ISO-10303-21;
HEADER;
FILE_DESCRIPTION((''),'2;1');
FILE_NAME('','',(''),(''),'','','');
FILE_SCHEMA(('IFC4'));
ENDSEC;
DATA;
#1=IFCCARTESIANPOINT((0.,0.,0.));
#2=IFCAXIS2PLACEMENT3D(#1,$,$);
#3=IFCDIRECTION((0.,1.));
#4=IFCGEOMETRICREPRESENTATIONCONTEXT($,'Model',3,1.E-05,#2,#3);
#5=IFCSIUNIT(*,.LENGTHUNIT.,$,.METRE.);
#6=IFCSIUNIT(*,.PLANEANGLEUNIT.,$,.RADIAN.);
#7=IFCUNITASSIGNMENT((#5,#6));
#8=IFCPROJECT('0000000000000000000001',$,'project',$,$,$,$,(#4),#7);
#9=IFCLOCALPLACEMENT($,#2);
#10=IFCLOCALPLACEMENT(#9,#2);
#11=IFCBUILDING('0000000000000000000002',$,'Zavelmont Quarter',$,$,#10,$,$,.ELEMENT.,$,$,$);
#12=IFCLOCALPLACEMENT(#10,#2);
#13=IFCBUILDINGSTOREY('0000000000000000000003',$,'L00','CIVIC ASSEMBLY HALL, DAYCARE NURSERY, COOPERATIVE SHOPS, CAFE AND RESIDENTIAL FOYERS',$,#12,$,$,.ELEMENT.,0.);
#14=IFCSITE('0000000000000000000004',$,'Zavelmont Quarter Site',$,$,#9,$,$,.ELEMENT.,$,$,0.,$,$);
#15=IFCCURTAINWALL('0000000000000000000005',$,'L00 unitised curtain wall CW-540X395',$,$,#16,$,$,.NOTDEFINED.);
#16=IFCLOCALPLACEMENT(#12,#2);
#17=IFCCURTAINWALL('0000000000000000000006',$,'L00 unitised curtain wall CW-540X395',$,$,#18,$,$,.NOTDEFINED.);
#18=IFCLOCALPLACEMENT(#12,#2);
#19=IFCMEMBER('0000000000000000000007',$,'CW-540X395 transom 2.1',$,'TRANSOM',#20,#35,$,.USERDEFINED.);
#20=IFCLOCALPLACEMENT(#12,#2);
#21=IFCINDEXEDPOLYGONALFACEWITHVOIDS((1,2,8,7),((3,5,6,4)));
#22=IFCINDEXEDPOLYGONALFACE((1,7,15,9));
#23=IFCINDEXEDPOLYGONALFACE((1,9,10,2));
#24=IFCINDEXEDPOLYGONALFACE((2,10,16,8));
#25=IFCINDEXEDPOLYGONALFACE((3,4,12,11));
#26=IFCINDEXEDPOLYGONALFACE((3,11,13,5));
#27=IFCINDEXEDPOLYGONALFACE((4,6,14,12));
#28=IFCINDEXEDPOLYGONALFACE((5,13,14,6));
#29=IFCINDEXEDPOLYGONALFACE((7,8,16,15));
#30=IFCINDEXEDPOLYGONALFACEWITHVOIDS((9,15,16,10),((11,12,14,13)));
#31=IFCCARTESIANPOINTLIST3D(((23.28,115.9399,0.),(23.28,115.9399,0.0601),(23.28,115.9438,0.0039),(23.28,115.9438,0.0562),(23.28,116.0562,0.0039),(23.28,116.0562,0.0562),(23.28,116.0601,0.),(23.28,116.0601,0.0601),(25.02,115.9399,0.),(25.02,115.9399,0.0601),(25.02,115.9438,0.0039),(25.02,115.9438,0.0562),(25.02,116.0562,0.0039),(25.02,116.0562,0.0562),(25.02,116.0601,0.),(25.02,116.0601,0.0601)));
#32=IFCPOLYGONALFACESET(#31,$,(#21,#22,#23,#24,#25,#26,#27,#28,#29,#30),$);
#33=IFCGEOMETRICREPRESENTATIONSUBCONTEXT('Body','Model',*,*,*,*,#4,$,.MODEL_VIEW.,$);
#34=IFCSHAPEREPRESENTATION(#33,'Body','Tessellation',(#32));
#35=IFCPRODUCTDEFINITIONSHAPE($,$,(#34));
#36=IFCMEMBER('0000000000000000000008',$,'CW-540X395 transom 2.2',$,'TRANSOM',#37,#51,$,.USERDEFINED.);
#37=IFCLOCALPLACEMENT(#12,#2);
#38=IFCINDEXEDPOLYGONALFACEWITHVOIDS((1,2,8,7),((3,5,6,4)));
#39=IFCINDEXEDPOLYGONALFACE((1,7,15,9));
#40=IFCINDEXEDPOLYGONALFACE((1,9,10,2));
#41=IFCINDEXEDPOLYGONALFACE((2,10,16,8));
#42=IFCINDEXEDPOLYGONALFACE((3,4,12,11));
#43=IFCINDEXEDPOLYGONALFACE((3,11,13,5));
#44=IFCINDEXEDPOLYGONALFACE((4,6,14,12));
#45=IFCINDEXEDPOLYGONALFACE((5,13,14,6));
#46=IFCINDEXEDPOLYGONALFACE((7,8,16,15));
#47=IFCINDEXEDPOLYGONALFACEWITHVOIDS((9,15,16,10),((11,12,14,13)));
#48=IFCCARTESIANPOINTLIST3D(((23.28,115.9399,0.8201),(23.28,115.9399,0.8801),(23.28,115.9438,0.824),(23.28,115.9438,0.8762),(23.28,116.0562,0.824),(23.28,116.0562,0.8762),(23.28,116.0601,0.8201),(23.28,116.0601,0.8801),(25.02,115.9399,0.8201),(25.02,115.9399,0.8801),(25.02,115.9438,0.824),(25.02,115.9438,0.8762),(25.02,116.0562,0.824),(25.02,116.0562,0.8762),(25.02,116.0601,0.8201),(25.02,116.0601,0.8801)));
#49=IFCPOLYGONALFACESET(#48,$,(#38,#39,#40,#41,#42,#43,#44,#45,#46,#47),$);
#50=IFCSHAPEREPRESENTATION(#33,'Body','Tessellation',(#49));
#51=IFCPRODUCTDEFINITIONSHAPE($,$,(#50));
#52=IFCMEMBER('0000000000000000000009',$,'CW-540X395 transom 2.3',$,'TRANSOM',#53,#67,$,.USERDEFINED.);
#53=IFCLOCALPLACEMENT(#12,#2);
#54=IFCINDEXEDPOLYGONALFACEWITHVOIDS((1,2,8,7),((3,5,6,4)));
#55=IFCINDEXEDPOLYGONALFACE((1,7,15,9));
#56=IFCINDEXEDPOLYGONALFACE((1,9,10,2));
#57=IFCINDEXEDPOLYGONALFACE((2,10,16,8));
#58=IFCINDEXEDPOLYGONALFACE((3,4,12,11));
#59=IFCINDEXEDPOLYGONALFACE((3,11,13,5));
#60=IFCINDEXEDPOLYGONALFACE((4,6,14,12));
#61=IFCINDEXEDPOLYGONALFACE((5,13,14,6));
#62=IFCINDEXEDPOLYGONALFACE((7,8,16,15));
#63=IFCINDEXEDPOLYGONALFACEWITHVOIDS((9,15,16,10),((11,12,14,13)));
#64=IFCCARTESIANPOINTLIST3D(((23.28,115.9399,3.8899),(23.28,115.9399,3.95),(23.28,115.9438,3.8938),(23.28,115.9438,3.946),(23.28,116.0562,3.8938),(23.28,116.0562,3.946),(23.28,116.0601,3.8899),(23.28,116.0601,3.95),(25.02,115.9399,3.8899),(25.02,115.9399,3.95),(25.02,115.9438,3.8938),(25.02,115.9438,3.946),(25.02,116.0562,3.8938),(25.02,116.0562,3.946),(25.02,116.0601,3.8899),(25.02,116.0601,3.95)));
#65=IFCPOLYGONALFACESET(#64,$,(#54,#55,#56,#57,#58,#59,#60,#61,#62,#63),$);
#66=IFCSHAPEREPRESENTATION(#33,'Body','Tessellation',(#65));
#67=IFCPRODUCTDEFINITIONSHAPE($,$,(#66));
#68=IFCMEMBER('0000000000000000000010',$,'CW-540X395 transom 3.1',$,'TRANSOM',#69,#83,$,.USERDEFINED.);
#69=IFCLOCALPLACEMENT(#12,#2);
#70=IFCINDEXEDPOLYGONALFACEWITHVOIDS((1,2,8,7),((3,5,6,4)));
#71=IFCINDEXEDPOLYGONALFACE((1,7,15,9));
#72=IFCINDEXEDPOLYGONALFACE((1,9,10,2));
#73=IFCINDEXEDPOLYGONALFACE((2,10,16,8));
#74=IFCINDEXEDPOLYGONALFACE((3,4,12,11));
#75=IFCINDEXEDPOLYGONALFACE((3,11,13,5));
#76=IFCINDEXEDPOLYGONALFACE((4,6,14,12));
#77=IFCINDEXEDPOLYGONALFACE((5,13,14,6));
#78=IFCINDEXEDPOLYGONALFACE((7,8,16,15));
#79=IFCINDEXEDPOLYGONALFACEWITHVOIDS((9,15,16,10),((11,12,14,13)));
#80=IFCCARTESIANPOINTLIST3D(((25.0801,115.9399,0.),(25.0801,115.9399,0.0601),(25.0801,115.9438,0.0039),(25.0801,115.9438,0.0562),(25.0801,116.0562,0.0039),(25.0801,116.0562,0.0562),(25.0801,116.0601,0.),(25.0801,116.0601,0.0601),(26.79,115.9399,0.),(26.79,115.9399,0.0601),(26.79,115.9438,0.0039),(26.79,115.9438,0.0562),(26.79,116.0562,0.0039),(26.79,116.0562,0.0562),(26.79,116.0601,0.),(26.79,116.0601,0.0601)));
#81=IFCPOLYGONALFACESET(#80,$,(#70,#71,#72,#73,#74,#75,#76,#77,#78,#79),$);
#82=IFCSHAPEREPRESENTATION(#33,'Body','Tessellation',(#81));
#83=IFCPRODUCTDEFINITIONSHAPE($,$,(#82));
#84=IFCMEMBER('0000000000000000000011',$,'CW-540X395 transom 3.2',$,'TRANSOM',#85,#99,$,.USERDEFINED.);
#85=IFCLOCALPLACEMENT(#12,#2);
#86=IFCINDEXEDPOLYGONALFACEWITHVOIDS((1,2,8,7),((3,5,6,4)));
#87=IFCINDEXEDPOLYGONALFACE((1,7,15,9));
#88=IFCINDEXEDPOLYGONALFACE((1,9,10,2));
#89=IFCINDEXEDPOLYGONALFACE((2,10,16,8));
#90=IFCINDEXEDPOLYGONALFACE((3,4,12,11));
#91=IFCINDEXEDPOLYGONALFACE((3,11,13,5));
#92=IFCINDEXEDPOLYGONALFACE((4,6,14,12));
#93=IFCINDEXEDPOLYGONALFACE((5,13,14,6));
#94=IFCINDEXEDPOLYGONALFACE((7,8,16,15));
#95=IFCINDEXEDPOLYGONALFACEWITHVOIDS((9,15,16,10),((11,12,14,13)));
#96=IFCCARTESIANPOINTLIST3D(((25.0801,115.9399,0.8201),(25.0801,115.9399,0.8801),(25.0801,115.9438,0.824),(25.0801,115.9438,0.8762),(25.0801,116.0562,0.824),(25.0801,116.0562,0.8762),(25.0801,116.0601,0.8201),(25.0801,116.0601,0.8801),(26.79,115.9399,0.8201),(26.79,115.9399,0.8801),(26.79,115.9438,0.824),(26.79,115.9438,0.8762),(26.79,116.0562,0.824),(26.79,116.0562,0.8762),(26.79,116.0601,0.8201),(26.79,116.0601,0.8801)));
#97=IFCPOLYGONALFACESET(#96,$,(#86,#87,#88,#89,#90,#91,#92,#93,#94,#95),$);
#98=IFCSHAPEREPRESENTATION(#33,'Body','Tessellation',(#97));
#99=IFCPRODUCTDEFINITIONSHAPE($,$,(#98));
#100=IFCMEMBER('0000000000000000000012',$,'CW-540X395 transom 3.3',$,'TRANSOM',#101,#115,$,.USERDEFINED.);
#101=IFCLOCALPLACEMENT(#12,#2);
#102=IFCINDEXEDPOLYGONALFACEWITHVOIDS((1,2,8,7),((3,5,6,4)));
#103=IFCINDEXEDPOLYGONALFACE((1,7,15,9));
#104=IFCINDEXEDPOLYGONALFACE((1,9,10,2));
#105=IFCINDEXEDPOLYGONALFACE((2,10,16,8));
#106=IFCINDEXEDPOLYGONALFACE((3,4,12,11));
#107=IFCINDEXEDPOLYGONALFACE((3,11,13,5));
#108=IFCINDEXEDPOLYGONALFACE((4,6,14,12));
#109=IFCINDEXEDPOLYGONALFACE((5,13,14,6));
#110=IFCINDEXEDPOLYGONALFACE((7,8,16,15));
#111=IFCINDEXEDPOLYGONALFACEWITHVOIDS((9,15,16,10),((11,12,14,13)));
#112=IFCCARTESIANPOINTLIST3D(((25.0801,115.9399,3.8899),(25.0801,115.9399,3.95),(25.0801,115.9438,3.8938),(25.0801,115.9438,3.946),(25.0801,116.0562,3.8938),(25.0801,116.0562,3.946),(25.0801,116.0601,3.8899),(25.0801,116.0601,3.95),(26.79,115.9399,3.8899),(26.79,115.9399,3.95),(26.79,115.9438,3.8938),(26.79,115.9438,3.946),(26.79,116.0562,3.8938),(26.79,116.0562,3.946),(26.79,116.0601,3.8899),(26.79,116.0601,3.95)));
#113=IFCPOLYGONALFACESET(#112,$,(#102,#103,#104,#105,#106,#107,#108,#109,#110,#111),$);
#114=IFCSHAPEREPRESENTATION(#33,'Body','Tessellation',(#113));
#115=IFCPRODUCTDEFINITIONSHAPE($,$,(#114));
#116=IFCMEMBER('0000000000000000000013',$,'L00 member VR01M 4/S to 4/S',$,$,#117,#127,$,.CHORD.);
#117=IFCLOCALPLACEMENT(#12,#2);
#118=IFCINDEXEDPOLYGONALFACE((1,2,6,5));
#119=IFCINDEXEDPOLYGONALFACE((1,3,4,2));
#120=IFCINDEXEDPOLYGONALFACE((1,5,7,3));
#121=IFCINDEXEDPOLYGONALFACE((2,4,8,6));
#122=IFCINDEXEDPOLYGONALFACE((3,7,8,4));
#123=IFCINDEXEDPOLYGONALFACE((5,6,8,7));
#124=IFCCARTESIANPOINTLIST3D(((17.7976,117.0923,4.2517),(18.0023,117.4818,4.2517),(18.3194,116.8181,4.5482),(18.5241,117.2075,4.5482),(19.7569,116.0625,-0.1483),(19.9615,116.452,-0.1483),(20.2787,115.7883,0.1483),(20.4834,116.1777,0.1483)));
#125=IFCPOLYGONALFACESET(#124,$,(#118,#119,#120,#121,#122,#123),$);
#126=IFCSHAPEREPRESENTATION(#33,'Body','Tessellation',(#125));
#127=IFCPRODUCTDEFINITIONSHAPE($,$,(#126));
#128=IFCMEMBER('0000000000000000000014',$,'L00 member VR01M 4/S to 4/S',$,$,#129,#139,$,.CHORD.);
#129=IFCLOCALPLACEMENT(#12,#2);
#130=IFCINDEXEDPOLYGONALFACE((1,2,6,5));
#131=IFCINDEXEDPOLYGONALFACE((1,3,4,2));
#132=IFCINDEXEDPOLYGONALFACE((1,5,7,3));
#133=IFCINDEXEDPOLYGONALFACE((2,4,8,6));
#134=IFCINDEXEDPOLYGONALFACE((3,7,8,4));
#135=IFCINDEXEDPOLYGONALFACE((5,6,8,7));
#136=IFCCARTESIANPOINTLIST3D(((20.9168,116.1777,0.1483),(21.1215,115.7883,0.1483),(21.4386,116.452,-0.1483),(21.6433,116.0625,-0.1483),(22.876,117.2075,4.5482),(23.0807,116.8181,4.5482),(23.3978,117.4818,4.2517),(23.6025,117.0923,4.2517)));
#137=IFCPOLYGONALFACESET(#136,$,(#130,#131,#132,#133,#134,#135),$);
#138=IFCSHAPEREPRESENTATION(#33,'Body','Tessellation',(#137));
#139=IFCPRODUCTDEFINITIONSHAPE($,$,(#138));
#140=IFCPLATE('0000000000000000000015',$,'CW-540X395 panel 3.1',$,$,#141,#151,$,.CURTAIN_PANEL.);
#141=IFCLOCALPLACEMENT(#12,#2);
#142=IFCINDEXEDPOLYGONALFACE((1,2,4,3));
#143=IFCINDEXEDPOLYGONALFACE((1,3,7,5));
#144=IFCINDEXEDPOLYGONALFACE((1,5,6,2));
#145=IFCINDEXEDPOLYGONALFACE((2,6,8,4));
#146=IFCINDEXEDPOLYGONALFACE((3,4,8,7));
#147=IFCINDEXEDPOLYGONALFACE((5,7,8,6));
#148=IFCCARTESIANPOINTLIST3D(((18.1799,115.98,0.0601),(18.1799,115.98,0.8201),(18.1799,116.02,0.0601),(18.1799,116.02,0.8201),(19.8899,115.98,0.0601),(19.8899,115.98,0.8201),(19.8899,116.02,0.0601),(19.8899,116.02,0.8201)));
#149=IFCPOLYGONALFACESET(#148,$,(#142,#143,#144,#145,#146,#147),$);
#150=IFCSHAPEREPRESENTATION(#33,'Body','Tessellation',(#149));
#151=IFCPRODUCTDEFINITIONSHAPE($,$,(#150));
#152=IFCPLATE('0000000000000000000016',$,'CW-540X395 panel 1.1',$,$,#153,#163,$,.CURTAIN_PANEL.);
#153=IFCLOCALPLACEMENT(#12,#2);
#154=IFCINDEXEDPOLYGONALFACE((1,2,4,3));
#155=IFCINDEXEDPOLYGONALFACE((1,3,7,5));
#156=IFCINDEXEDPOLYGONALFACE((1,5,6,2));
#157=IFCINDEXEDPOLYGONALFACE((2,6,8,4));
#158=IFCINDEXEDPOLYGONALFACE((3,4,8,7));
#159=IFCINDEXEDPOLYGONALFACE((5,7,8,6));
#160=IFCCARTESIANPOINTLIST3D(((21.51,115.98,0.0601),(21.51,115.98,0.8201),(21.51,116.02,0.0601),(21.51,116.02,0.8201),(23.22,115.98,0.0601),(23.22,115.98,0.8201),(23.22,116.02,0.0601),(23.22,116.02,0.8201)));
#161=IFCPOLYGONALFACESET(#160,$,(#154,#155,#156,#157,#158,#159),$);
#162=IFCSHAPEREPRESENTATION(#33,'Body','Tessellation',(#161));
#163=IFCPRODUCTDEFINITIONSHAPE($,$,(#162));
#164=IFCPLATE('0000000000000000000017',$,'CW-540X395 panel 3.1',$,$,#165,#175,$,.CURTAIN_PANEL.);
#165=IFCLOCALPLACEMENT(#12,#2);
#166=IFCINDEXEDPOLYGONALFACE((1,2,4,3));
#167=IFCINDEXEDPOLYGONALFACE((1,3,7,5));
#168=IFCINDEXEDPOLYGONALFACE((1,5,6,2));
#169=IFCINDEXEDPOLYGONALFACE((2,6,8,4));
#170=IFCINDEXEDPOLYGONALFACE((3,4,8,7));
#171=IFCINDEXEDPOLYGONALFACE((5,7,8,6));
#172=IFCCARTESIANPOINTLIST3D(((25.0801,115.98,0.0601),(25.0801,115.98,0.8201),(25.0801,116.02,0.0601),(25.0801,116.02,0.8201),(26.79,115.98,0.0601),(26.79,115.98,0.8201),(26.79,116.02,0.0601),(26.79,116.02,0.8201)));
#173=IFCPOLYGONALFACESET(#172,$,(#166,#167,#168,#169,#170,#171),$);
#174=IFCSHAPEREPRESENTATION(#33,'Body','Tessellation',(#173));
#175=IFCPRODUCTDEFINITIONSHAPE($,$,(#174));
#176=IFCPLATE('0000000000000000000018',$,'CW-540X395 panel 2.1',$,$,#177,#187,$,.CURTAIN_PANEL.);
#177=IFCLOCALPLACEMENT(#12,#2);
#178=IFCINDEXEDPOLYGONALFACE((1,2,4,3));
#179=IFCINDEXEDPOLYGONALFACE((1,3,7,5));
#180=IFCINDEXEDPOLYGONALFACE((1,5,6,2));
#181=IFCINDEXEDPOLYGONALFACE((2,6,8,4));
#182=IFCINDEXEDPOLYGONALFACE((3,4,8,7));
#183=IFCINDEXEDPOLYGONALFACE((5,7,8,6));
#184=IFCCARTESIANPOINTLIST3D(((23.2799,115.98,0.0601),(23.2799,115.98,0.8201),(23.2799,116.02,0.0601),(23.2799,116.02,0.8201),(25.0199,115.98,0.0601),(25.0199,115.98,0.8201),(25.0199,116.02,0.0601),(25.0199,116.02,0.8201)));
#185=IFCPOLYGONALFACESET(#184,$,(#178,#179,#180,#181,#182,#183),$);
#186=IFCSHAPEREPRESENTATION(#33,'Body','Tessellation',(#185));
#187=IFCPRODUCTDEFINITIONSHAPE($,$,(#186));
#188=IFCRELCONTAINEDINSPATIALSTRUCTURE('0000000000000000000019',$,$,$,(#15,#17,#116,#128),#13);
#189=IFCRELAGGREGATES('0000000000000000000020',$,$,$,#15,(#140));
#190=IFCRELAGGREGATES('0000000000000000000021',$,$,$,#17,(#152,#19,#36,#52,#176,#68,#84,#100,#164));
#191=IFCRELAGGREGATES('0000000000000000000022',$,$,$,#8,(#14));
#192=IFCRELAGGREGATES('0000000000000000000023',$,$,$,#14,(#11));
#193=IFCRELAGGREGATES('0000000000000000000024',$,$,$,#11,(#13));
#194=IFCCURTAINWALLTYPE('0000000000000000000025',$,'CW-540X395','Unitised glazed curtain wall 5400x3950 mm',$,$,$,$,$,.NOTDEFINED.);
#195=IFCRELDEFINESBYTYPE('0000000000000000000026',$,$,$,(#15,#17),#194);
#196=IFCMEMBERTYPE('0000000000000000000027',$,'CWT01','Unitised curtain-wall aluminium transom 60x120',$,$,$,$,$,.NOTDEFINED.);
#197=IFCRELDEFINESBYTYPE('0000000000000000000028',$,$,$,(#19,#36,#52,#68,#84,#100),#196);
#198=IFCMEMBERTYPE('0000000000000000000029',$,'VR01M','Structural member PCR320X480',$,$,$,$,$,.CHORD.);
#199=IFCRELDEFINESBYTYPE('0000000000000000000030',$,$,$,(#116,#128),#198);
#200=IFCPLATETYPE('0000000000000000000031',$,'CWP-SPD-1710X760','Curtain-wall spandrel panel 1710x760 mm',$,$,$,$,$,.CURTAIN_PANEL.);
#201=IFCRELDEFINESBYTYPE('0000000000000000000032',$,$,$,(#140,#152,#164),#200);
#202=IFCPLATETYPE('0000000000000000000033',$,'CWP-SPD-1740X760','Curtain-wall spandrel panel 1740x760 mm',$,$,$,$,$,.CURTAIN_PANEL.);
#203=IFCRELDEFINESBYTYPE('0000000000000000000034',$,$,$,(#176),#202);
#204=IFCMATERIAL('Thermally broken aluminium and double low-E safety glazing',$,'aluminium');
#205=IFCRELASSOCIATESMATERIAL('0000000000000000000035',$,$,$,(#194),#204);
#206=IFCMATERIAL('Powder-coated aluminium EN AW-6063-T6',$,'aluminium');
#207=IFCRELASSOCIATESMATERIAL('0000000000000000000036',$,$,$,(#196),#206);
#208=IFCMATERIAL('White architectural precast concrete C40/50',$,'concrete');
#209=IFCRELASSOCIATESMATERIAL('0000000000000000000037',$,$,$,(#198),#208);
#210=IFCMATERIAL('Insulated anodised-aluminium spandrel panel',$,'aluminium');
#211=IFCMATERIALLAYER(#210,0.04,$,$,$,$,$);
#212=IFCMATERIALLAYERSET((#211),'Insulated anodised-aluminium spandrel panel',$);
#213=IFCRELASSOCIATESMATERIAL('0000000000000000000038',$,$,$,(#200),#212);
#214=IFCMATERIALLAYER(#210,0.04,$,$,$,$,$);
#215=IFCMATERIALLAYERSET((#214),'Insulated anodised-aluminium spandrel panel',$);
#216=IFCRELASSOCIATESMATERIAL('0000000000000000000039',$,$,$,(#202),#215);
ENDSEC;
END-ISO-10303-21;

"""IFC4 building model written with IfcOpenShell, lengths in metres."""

from ifc_helpers import new_model, si_unit, direction, frame, origin, origin_2d, place, context, subcontext, project, spatial, rectangle, hollow_rectangle, extrude, material, layer, layer_set, material_profile, profile_set, type_object, element, aggregate, save


model = new_model("IFC4")

# Units and contexts
model_context = context("Model", 3, precision=1e-05, world=origin(), true_north=direction((0.0, 1.0)))
body_context = subcontext(model_context, "Body", "Model", "MODEL_VIEW")
ifc_project = project(units=[si_unit("LENGTHUNIT", "METRE"), si_unit("PLANEANGLEUNIT", "RADIAN")], contexts=[model_context])

# Site, building, storey
site_placement = place(None, origin())
site = spatial("IfcSite", under=ifc_project, at=site_placement, Name="Zavelmont Quarter Site", CompositionType="ELEMENT", RefElevation=0.0)
building_placement = place(site_placement, origin())
building = spatial("IfcBuilding", under=site, at=building_placement, Name="Zavelmont Quarter", CompositionType="ELEMENT")
storey_placement = place(building_placement, origin())
storey = spatial("IfcBuildingStorey", under=building, at=storey_placement, Name="L00", Description="CIVIC ASSEMBLY HALL, DAYCARE NURSERY, COOPERATIVE SHOPS, CAFE AND RESIDENTIAL FOYERS", CompositionType="ELEMENT", Elevation=0.0)

# Curtain wall
ifc_material_1 = material(Name="Thermally broken aluminium and double low-E safety glazing", Category="aluminium")
curtain_wall_type = type_object("IfcCurtainWallType", Name="CW-540X395", Description="Unitised glazed curtain wall 5400x3950 mm", PredefinedType="NOTDEFINED", material=ifc_material_1)
curtain_wall_1_placement = place(storey_placement, origin())
curtain_wall_1 = element("IfcCurtainWall", 1, at=curtain_wall_1_placement, inside=storey, type_object=curtain_wall_type, Name="L00 unitised curtain wall CW-540X395", PredefinedType="NOTDEFINED")
ifc_material_2 = material(Name="Powder-coated aluminium EN AW-6063-T6", Category="aluminium")

# Curtain wall, members
curtain_wall_2_placement = place(storey_placement, origin())
curtain_wall_2 = element("IfcCurtainWall", 2, at=curtain_wall_2_placement, inside=storey, type_object=curtain_wall_type, Name="L00 unitised curtain wall CW-540X395", PredefinedType="NOTDEFINED")
ifc_material_profile_1 = material_profile(ifc_material_2, hollow_rectangle(XDim=0.1201, YDim=0.0601, WallThickness=0.0039, at=origin_2d()), Name="CWT60X120")
ifc_profile_set_1 = profile_set([ifc_material_profile_1], Name="Powder-coated aluminium EN AW-6063-T6")
member_type_1 = type_object("IfcMemberType", Name="CWT01", Description="Unitised curtain-wall aluminium transom 60x120", PredefinedType="NOTDEFINED", material=ifc_profile_set_1)
member_1_placement = place(storey_placement, frame((23.28, 116.0, 0.03), z_axis=(1.0, 0.0, 0.0), x_axis=(0.0, 1.0, 0.0)))
member_1 = element("IfcMember", 3, at=member_1_placement, type_object=member_type_1, Name="CW-540X395 transom 2.1", ObjectType="TRANSOM", PredefinedType="USERDEFINED", context=body_context, shape_type="SweptSolid", body=[
    extrude(hollow_rectangle(XDim=0.1201, YDim=0.0601, WallThickness=0.0039, at=origin_2d()), origin(), (0.0, 0.0, 1.0), 1.74),
])
member_2_placement = place(storey_placement, frame((23.28, 116.0, 0.8501), z_axis=(1.0, 0.0, 0.0), x_axis=(0.0, 1.0, 0.0)))
member_2 = element("IfcMember", 4, at=member_2_placement, type_object=member_type_1, Name="CW-540X395 transom 2.2", ObjectType="TRANSOM", PredefinedType="USERDEFINED", context=body_context, shape_type="SweptSolid", body=[
    extrude(hollow_rectangle(XDim=0.1201, YDim=0.0601, WallThickness=0.0039, at=origin_2d()), origin(), (0.0, 0.0, 1.0), 1.74),
])
member_3_placement = place(storey_placement, frame((23.28, 116.0, 3.9199), z_axis=(1.0, 0.0, 0.0), x_axis=(0.0, 1.0, 0.0)))
member_3 = element("IfcMember", 5, at=member_3_placement, type_object=member_type_1, Name="CW-540X395 transom 2.3", ObjectType="TRANSOM", PredefinedType="USERDEFINED", context=body_context, shape_type="SweptSolid", body=[
    extrude(hollow_rectangle(XDim=0.1201, YDim=0.0601, WallThickness=0.0039, at=origin_2d()), origin(), (0.0, 0.0, 1.0), 1.74),
])
member_4_placement = place(storey_placement, frame((25.0801, 116.0, 0.03), z_axis=(1.0, 0.0, 0.0), x_axis=(0.0, 1.0, 0.0)))
member_4 = element("IfcMember", 6, at=member_4_placement, type_object=member_type_1, Name="CW-540X395 transom 3.1", ObjectType="TRANSOM", PredefinedType="USERDEFINED", context=body_context, shape_type="SweptSolid", body=[
    extrude(hollow_rectangle(XDim=0.1201, YDim=0.0601, WallThickness=0.0039, at=origin_2d()), origin(), (0.0, 0.0, 1.0), 1.71),
])
member_5_placement = place(storey_placement, frame((25.0801, 116.0, 0.8501), z_axis=(1.0, 0.0, 0.0), x_axis=(0.0, 1.0, 0.0)))
member_5 = element("IfcMember", 7, at=member_5_placement, type_object=member_type_1, Name="CW-540X395 transom 3.2", ObjectType="TRANSOM", PredefinedType="USERDEFINED", context=body_context, shape_type="SweptSolid", body=[
    extrude(hollow_rectangle(XDim=0.1201, YDim=0.0601, WallThickness=0.0039, at=origin_2d()), origin(), (0.0, 0.0, 1.0), 1.71),
])
member_6_placement = place(storey_placement, frame((25.0801, 116.0, 3.9199), z_axis=(1.0, 0.0, 0.0), x_axis=(0.0, 1.0, 0.0)))
member_6 = element("IfcMember", 8, at=member_6_placement, type_object=member_type_1, Name="CW-540X395 transom 3.3", ObjectType="TRANSOM", PredefinedType="USERDEFINED", context=body_context, shape_type="SweptSolid", body=[
    extrude(hollow_rectangle(XDim=0.1201, YDim=0.0601, WallThickness=0.0039, at=origin_2d()), origin(), (0.0, 0.0, 1.0), 1.71),
])

# Members
ifc_material_3 = material(Name="White architectural precast concrete C40/50", Category="concrete")
ifc_material_profile_2 = material_profile(ifc_material_3, rectangle(XDim=0.4399, YDim=0.6599, at=origin_2d()), Name="PCR320X480")
ifc_profile_set_2 = profile_set([ifc_material_profile_2], Name="White architectural precast concrete C40/50")
member_type_2 = type_object("IfcMemberType", Name="VR01M", Description="Structural member PCR320X480", PredefinedType="CHORD", material=ifc_profile_set_2)
for number, where, z_axis, x_axis, name in (
    (9, (20.1201, 116.1201, 0.0), (-0.397792, 0.209082, 0.893334), (-0.465255, -0.885176, 0.0), "L00 member VR01M 4/S to 4/S"),
    (10, (21.28, 116.1201, 0.0), (0.397792, 0.209082, 0.893334), (-0.465255, 0.885176, 0.0), "L00 member VR01M 4/S to 4/S"),
):
    element("IfcMember", number, at=place(storey_placement, frame(where, z_axis=z_axis, x_axis=x_axis)), inside=storey, type_object=member_type_2, Name=name, PredefinedType="CHORD", context=body_context, shape_type="SweptSolid", body=[
        extrude(rectangle(XDim=0.4399, YDim=0.6599, at=origin_2d()), origin(), (0.0, 0.0, 1.0), 4.9253),
    ])

# Plates
ifc_material_4 = material(Name="Insulated anodised-aluminium spandrel panel", Category="aluminium")
ifc_layer_1 = layer(ifc_material_4, 0.04)
ifc_layer_set_1 = layer_set([ifc_layer_1], Name="Insulated anodised-aluminium spandrel panel")
plate_type_1 = type_object("IfcPlateType", Name="CWP-SPD-1710X760", Description="Curtain-wall spandrel panel 1710x760 mm", PredefinedType="CURTAIN_PANEL", material=ifc_layer_set_1)
plate_1_placement = place(storey_placement, frame((19.0349, 116.0, 0.0601), z_axis=(0.0, 0.0, 1.0), x_axis=(1.0, 0.0, 0.0)))
plate_1 = element("IfcPlate", 11, at=plate_1_placement, type_object=plate_type_1, Name="CW-540X395 panel 3.1", PredefinedType="CURTAIN_PANEL", context=body_context, shape_type="SweptSolid", body=[
    extrude(rectangle(XDim=1.71, YDim=0.04, at=origin_2d()), origin(), (0.0, 0.0, 1.0), 0.76),
])
plate_2_placement = place(storey_placement, frame((22.365, 116.0, 0.0601), z_axis=(0.0, 0.0, 1.0), x_axis=(1.0, 0.0, 0.0)))
plate_2 = element("IfcPlate", 12, at=plate_2_placement, type_object=plate_type_1, Name="CW-540X395 panel 1.1", PredefinedType="CURTAIN_PANEL", context=body_context, shape_type="SweptSolid", body=[
    extrude(rectangle(XDim=1.71, YDim=0.04, at=origin_2d()), origin(), (0.0, 0.0, 1.0), 0.76),
])
plate_3_placement = place(storey_placement, frame((25.9351, 116.0, 0.0601), z_axis=(0.0, 0.0, 1.0), x_axis=(1.0, 0.0, 0.0)))
plate_3 = element("IfcPlate", 13, at=plate_3_placement, type_object=plate_type_1, Name="CW-540X395 panel 3.1", PredefinedType="CURTAIN_PANEL", context=body_context, shape_type="SweptSolid", body=[
    extrude(rectangle(XDim=1.71, YDim=0.04, at=origin_2d()), origin(), (0.0, 0.0, 1.0), 0.76),
])
ifc_layer_2 = layer(ifc_material_4, 0.04)
ifc_layer_set_2 = layer_set([ifc_layer_2], Name="Insulated anodised-aluminium spandrel panel")
plate_type_2 = type_object("IfcPlateType", Name="CWP-SPD-1740X760", Description="Curtain-wall spandrel panel 1740x760 mm", PredefinedType="CURTAIN_PANEL", material=ifc_layer_set_2)
plate_4_placement = place(storey_placement, frame((24.1499, 116.0, 0.0601), z_axis=(0.0, 0.0, 1.0), x_axis=(1.0, 0.0, 0.0)))
plate_4 = element("IfcPlate", 14, at=plate_4_placement, type_object=plate_type_2, Name="CW-540X395 panel 2.1", PredefinedType="CURTAIN_PANEL", context=body_context, shape_type="SweptSolid", body=[
    extrude(rectangle(XDim=1.74, YDim=0.04, at=origin_2d()), origin(), (0.0, 0.0, 1.0), 0.76),
])
aggregate(curtain_wall_1, [plate_1])
aggregate(curtain_wall_2, [plate_2, member_1, member_2, member_3, plate_4, member_4, member_5, member_6, plate_3])

save(model, "model.ifc")
